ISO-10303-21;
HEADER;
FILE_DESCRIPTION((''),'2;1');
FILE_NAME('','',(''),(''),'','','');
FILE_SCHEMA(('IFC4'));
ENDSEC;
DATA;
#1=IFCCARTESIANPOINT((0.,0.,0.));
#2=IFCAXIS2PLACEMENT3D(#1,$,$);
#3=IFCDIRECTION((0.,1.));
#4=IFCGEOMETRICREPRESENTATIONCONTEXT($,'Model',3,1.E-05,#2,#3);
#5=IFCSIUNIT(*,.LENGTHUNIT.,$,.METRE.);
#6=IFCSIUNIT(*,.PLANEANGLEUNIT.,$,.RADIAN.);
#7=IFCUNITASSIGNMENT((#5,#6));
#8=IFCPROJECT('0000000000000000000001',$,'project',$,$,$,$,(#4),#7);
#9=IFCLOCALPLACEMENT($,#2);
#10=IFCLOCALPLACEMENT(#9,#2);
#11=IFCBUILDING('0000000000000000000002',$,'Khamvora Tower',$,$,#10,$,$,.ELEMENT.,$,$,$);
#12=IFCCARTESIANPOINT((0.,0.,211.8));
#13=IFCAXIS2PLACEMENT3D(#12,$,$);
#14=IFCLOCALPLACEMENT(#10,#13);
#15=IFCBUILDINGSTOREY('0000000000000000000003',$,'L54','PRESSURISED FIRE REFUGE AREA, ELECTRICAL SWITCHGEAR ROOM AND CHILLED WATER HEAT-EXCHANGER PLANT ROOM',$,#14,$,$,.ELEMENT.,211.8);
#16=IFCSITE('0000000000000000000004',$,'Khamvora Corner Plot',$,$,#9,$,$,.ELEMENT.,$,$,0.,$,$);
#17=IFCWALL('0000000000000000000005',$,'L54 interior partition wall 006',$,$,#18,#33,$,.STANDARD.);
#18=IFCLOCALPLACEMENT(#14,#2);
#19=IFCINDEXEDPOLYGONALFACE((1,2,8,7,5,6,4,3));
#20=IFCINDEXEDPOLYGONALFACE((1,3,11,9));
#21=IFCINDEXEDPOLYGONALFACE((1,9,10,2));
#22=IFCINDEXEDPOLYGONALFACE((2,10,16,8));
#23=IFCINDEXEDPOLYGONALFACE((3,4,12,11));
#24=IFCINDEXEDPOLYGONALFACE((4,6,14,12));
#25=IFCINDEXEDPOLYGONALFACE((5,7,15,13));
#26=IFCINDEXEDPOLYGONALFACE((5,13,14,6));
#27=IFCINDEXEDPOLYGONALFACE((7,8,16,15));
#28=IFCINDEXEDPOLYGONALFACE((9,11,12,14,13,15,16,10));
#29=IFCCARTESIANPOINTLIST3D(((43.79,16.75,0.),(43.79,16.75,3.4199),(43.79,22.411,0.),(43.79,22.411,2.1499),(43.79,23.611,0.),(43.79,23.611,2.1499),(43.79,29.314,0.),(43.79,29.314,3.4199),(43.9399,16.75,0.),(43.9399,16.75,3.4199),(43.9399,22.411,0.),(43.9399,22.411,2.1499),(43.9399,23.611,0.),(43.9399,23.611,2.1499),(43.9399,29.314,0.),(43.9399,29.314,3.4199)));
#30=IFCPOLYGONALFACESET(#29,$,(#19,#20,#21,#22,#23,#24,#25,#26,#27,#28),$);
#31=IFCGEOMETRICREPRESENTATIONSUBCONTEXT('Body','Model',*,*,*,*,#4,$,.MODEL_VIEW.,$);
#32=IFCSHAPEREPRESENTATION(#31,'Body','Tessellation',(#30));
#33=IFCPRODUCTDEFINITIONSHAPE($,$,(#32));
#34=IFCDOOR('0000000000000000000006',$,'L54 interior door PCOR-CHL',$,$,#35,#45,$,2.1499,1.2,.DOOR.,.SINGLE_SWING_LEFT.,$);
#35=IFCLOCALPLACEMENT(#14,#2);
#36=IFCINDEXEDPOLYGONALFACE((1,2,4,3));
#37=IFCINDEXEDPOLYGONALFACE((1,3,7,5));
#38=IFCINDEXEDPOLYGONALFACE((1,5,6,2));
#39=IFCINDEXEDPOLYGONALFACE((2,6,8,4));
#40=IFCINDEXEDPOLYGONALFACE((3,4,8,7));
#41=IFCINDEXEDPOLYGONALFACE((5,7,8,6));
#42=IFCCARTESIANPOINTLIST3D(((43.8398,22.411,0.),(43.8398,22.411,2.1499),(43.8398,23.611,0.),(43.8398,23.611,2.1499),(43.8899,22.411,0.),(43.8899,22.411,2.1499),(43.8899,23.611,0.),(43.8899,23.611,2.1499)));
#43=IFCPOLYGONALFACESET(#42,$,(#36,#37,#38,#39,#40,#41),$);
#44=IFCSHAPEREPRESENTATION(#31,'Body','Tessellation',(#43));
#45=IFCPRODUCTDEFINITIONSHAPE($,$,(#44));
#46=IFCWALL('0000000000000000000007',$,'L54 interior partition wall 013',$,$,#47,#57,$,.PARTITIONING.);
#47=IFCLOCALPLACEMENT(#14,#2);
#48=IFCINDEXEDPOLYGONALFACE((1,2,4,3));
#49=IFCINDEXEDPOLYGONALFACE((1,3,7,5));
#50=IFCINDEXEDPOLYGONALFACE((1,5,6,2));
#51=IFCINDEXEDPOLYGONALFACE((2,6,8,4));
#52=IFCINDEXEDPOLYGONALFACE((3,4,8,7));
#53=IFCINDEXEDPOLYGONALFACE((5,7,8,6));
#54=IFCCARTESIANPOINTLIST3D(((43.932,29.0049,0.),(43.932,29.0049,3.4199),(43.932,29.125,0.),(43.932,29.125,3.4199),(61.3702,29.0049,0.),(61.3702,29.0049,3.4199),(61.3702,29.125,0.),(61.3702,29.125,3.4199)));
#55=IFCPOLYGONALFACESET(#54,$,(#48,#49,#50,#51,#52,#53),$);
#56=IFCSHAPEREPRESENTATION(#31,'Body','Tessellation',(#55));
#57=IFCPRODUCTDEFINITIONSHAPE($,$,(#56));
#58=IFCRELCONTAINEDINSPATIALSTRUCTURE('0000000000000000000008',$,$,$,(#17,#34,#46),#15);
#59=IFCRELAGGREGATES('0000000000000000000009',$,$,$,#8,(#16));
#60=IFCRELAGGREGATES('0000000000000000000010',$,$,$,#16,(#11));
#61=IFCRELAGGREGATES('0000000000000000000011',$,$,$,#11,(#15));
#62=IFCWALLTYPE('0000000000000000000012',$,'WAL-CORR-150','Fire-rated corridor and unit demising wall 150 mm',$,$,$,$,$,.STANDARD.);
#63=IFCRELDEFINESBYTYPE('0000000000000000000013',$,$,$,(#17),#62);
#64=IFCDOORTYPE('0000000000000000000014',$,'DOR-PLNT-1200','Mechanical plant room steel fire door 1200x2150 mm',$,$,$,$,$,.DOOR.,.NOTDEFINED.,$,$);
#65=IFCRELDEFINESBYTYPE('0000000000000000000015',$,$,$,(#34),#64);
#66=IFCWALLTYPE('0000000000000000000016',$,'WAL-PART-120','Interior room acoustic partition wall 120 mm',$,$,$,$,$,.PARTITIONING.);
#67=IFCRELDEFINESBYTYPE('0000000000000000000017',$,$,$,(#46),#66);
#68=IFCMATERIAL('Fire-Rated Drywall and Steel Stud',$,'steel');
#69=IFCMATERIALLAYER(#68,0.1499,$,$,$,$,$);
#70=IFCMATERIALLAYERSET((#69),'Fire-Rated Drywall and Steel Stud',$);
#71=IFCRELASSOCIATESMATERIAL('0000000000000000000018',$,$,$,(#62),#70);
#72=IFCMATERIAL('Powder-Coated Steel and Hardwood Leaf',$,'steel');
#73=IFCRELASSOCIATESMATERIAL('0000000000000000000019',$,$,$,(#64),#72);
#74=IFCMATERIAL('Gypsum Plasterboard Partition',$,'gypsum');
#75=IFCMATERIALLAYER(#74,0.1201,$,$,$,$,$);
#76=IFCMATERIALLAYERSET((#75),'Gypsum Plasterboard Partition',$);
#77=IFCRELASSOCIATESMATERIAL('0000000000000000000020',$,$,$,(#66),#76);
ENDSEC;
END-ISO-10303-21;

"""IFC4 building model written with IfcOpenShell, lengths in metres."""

from ifc_helpers import new_model, si_unit, direction, frame, frame_2d, origin, place, context, subcontext, project, spatial, rectangle, extrude, material, layer, layer_set, type_object, element, fill, save


model = new_model("IFC4")

# Units and contexts
model_context = context("Model", 3, precision=1e-05, world=origin(), true_north=direction((0.0, 1.0)))
body_context = subcontext(model_context, "Body", "Model", "MODEL_VIEW")
ifc_project = project(units=[si_unit("LENGTHUNIT", "METRE"), si_unit("PLANEANGLEUNIT", "RADIAN")], contexts=[model_context])

# Site, building, storey
site_placement = place(None, origin())
site = spatial("IfcSite", under=ifc_project, at=site_placement, Name="Khamvora Corner Plot", CompositionType="ELEMENT", RefElevation=0.0)
building_placement = place(site_placement, origin())
building = spatial("IfcBuilding", under=site, at=building_placement, Name="Khamvora Tower", CompositionType="ELEMENT")
storey_placement = place(building_placement, frame((0.0, 0.0, 211.8)))
storey = spatial("IfcBuildingStorey", under=building, at=storey_placement, Name="L54", Description="PRESSURISED FIRE REFUGE AREA, ELECTRICAL SWITCHGEAR ROOM AND CHILLED WATER HEAT-EXCHANGER PLANT ROOM", CompositionType="ELEMENT", Elevation=211.8)

# Wall, opening, door
ifc_material_1 = material(Name="Fire-Rated Drywall and Steel Stud", Category="steel")
ifc_layer_1 = layer(ifc_material_1, 0.1499)
ifc_layer_set_1 = layer_set([ifc_layer_1], Name="Fire-Rated Drywall and Steel Stud")
wall_type_1 = type_object("IfcWallType", Name="WAL-CORR-150", Description="Fire-rated corridor and unit demising wall 150 mm", PredefinedType="STANDARD", material=ifc_layer_set_1)
wall_1_placement = place(storey_placement, frame((43.865, 29.314, 0.0), z_axis=(0.0, 0.0, 1.0), x_axis=(0.0, -1.0, 0.0)))
wall_1 = element("IfcWall", 1, at=wall_1_placement, inside=storey, type_object=wall_type_1, Name="L54 interior partition wall 006", PredefinedType="STANDARD", context=body_context, shape_type="SweptSolid", body=[
    extrude(rectangle(XDim=12.564, YDim=0.1499, at=frame_2d((6.282, 0.0))), origin(), (0.0, 0.0, 1.0), 3.4199),
])
opening_placement = place(wall_1_placement, frame((5.7029, 0.0, 0.0)))
opening = element("IfcOpeningElement", 2, at=opening_placement, cuts=wall_1, PredefinedType="OPENING", context=body_context, shape_type="SweptSolid", body=[
    extrude(rectangle(XDim=1.2, YDim=2.1499, at=frame_2d((0.6001, 1.075))), frame((0.0, 0.085, 0.0), z_axis=(0.0, -1.0, 0.0), x_axis=(1.0, 0.0, 0.0)), (0.0, 0.0, 1.0), 0.1699),
])
ifc_material_2 = material(Name="Powder-Coated Steel and Hardwood Leaf", Category="steel")
door_type = type_object("IfcDoorType", Name="DOR-PLNT-1200", Description="Mechanical plant room steel fire door 1200x2150 mm", OperationType="NOTDEFINED", PredefinedType="DOOR", material=ifc_material_2)
door_placement = place(opening_placement, origin())
door = element("IfcDoor", 3, at=door_placement, inside=storey, type_object=door_type, Name="L54 interior door PCOR-CHL", OperationType="SINGLE_SWING_LEFT", OverallHeight=2.1499, OverallWidth=1.2, PredefinedType="DOOR", context=body_context, shape_type="SweptSolid", body=[
    extrude(rectangle(XDim=1.2, YDim=2.1499, at=frame_2d((0.6001, 1.075))), frame((0.0, 0.0249, 0.0), z_axis=(0.0, -1.0, 0.0), x_axis=(1.0, 0.0, 0.0)), (0.0, 0.0, 1.0), 0.05),
])
fill(opening, door)

# Wall
ifc_material_3 = material(Name="Gypsum Plasterboard Partition", Category="gypsum")
ifc_layer_2 = layer(ifc_material_3, 0.1201)
ifc_layer_set_2 = layer_set([ifc_layer_2], Name="Gypsum Plasterboard Partition")
wall_type_2 = type_object("IfcWallType", Name="WAL-PART-120", Description="Interior room acoustic partition wall 120 mm", PredefinedType="PARTITIONING", material=ifc_layer_set_2)
wall_2_placement = place(storey_placement, frame((43.9319, 29.0649, 0.0), z_axis=(0.0, 0.0, 1.0), x_axis=(1.0, 0.0, 0.0)))
element("IfcWall", 4, at=wall_2_placement, inside=storey, type_object=wall_type_2, Name="L54 interior partition wall 013", PredefinedType="PARTITIONING", context=body_context, shape_type="SweptSolid", body=[
    extrude(rectangle(XDim=17.4382, YDim=0.1201, at=frame_2d((8.7192, 0.0))), origin(), (0.0, 0.0, 1.0), 3.4199),
])

save(model, "model.ifc")
